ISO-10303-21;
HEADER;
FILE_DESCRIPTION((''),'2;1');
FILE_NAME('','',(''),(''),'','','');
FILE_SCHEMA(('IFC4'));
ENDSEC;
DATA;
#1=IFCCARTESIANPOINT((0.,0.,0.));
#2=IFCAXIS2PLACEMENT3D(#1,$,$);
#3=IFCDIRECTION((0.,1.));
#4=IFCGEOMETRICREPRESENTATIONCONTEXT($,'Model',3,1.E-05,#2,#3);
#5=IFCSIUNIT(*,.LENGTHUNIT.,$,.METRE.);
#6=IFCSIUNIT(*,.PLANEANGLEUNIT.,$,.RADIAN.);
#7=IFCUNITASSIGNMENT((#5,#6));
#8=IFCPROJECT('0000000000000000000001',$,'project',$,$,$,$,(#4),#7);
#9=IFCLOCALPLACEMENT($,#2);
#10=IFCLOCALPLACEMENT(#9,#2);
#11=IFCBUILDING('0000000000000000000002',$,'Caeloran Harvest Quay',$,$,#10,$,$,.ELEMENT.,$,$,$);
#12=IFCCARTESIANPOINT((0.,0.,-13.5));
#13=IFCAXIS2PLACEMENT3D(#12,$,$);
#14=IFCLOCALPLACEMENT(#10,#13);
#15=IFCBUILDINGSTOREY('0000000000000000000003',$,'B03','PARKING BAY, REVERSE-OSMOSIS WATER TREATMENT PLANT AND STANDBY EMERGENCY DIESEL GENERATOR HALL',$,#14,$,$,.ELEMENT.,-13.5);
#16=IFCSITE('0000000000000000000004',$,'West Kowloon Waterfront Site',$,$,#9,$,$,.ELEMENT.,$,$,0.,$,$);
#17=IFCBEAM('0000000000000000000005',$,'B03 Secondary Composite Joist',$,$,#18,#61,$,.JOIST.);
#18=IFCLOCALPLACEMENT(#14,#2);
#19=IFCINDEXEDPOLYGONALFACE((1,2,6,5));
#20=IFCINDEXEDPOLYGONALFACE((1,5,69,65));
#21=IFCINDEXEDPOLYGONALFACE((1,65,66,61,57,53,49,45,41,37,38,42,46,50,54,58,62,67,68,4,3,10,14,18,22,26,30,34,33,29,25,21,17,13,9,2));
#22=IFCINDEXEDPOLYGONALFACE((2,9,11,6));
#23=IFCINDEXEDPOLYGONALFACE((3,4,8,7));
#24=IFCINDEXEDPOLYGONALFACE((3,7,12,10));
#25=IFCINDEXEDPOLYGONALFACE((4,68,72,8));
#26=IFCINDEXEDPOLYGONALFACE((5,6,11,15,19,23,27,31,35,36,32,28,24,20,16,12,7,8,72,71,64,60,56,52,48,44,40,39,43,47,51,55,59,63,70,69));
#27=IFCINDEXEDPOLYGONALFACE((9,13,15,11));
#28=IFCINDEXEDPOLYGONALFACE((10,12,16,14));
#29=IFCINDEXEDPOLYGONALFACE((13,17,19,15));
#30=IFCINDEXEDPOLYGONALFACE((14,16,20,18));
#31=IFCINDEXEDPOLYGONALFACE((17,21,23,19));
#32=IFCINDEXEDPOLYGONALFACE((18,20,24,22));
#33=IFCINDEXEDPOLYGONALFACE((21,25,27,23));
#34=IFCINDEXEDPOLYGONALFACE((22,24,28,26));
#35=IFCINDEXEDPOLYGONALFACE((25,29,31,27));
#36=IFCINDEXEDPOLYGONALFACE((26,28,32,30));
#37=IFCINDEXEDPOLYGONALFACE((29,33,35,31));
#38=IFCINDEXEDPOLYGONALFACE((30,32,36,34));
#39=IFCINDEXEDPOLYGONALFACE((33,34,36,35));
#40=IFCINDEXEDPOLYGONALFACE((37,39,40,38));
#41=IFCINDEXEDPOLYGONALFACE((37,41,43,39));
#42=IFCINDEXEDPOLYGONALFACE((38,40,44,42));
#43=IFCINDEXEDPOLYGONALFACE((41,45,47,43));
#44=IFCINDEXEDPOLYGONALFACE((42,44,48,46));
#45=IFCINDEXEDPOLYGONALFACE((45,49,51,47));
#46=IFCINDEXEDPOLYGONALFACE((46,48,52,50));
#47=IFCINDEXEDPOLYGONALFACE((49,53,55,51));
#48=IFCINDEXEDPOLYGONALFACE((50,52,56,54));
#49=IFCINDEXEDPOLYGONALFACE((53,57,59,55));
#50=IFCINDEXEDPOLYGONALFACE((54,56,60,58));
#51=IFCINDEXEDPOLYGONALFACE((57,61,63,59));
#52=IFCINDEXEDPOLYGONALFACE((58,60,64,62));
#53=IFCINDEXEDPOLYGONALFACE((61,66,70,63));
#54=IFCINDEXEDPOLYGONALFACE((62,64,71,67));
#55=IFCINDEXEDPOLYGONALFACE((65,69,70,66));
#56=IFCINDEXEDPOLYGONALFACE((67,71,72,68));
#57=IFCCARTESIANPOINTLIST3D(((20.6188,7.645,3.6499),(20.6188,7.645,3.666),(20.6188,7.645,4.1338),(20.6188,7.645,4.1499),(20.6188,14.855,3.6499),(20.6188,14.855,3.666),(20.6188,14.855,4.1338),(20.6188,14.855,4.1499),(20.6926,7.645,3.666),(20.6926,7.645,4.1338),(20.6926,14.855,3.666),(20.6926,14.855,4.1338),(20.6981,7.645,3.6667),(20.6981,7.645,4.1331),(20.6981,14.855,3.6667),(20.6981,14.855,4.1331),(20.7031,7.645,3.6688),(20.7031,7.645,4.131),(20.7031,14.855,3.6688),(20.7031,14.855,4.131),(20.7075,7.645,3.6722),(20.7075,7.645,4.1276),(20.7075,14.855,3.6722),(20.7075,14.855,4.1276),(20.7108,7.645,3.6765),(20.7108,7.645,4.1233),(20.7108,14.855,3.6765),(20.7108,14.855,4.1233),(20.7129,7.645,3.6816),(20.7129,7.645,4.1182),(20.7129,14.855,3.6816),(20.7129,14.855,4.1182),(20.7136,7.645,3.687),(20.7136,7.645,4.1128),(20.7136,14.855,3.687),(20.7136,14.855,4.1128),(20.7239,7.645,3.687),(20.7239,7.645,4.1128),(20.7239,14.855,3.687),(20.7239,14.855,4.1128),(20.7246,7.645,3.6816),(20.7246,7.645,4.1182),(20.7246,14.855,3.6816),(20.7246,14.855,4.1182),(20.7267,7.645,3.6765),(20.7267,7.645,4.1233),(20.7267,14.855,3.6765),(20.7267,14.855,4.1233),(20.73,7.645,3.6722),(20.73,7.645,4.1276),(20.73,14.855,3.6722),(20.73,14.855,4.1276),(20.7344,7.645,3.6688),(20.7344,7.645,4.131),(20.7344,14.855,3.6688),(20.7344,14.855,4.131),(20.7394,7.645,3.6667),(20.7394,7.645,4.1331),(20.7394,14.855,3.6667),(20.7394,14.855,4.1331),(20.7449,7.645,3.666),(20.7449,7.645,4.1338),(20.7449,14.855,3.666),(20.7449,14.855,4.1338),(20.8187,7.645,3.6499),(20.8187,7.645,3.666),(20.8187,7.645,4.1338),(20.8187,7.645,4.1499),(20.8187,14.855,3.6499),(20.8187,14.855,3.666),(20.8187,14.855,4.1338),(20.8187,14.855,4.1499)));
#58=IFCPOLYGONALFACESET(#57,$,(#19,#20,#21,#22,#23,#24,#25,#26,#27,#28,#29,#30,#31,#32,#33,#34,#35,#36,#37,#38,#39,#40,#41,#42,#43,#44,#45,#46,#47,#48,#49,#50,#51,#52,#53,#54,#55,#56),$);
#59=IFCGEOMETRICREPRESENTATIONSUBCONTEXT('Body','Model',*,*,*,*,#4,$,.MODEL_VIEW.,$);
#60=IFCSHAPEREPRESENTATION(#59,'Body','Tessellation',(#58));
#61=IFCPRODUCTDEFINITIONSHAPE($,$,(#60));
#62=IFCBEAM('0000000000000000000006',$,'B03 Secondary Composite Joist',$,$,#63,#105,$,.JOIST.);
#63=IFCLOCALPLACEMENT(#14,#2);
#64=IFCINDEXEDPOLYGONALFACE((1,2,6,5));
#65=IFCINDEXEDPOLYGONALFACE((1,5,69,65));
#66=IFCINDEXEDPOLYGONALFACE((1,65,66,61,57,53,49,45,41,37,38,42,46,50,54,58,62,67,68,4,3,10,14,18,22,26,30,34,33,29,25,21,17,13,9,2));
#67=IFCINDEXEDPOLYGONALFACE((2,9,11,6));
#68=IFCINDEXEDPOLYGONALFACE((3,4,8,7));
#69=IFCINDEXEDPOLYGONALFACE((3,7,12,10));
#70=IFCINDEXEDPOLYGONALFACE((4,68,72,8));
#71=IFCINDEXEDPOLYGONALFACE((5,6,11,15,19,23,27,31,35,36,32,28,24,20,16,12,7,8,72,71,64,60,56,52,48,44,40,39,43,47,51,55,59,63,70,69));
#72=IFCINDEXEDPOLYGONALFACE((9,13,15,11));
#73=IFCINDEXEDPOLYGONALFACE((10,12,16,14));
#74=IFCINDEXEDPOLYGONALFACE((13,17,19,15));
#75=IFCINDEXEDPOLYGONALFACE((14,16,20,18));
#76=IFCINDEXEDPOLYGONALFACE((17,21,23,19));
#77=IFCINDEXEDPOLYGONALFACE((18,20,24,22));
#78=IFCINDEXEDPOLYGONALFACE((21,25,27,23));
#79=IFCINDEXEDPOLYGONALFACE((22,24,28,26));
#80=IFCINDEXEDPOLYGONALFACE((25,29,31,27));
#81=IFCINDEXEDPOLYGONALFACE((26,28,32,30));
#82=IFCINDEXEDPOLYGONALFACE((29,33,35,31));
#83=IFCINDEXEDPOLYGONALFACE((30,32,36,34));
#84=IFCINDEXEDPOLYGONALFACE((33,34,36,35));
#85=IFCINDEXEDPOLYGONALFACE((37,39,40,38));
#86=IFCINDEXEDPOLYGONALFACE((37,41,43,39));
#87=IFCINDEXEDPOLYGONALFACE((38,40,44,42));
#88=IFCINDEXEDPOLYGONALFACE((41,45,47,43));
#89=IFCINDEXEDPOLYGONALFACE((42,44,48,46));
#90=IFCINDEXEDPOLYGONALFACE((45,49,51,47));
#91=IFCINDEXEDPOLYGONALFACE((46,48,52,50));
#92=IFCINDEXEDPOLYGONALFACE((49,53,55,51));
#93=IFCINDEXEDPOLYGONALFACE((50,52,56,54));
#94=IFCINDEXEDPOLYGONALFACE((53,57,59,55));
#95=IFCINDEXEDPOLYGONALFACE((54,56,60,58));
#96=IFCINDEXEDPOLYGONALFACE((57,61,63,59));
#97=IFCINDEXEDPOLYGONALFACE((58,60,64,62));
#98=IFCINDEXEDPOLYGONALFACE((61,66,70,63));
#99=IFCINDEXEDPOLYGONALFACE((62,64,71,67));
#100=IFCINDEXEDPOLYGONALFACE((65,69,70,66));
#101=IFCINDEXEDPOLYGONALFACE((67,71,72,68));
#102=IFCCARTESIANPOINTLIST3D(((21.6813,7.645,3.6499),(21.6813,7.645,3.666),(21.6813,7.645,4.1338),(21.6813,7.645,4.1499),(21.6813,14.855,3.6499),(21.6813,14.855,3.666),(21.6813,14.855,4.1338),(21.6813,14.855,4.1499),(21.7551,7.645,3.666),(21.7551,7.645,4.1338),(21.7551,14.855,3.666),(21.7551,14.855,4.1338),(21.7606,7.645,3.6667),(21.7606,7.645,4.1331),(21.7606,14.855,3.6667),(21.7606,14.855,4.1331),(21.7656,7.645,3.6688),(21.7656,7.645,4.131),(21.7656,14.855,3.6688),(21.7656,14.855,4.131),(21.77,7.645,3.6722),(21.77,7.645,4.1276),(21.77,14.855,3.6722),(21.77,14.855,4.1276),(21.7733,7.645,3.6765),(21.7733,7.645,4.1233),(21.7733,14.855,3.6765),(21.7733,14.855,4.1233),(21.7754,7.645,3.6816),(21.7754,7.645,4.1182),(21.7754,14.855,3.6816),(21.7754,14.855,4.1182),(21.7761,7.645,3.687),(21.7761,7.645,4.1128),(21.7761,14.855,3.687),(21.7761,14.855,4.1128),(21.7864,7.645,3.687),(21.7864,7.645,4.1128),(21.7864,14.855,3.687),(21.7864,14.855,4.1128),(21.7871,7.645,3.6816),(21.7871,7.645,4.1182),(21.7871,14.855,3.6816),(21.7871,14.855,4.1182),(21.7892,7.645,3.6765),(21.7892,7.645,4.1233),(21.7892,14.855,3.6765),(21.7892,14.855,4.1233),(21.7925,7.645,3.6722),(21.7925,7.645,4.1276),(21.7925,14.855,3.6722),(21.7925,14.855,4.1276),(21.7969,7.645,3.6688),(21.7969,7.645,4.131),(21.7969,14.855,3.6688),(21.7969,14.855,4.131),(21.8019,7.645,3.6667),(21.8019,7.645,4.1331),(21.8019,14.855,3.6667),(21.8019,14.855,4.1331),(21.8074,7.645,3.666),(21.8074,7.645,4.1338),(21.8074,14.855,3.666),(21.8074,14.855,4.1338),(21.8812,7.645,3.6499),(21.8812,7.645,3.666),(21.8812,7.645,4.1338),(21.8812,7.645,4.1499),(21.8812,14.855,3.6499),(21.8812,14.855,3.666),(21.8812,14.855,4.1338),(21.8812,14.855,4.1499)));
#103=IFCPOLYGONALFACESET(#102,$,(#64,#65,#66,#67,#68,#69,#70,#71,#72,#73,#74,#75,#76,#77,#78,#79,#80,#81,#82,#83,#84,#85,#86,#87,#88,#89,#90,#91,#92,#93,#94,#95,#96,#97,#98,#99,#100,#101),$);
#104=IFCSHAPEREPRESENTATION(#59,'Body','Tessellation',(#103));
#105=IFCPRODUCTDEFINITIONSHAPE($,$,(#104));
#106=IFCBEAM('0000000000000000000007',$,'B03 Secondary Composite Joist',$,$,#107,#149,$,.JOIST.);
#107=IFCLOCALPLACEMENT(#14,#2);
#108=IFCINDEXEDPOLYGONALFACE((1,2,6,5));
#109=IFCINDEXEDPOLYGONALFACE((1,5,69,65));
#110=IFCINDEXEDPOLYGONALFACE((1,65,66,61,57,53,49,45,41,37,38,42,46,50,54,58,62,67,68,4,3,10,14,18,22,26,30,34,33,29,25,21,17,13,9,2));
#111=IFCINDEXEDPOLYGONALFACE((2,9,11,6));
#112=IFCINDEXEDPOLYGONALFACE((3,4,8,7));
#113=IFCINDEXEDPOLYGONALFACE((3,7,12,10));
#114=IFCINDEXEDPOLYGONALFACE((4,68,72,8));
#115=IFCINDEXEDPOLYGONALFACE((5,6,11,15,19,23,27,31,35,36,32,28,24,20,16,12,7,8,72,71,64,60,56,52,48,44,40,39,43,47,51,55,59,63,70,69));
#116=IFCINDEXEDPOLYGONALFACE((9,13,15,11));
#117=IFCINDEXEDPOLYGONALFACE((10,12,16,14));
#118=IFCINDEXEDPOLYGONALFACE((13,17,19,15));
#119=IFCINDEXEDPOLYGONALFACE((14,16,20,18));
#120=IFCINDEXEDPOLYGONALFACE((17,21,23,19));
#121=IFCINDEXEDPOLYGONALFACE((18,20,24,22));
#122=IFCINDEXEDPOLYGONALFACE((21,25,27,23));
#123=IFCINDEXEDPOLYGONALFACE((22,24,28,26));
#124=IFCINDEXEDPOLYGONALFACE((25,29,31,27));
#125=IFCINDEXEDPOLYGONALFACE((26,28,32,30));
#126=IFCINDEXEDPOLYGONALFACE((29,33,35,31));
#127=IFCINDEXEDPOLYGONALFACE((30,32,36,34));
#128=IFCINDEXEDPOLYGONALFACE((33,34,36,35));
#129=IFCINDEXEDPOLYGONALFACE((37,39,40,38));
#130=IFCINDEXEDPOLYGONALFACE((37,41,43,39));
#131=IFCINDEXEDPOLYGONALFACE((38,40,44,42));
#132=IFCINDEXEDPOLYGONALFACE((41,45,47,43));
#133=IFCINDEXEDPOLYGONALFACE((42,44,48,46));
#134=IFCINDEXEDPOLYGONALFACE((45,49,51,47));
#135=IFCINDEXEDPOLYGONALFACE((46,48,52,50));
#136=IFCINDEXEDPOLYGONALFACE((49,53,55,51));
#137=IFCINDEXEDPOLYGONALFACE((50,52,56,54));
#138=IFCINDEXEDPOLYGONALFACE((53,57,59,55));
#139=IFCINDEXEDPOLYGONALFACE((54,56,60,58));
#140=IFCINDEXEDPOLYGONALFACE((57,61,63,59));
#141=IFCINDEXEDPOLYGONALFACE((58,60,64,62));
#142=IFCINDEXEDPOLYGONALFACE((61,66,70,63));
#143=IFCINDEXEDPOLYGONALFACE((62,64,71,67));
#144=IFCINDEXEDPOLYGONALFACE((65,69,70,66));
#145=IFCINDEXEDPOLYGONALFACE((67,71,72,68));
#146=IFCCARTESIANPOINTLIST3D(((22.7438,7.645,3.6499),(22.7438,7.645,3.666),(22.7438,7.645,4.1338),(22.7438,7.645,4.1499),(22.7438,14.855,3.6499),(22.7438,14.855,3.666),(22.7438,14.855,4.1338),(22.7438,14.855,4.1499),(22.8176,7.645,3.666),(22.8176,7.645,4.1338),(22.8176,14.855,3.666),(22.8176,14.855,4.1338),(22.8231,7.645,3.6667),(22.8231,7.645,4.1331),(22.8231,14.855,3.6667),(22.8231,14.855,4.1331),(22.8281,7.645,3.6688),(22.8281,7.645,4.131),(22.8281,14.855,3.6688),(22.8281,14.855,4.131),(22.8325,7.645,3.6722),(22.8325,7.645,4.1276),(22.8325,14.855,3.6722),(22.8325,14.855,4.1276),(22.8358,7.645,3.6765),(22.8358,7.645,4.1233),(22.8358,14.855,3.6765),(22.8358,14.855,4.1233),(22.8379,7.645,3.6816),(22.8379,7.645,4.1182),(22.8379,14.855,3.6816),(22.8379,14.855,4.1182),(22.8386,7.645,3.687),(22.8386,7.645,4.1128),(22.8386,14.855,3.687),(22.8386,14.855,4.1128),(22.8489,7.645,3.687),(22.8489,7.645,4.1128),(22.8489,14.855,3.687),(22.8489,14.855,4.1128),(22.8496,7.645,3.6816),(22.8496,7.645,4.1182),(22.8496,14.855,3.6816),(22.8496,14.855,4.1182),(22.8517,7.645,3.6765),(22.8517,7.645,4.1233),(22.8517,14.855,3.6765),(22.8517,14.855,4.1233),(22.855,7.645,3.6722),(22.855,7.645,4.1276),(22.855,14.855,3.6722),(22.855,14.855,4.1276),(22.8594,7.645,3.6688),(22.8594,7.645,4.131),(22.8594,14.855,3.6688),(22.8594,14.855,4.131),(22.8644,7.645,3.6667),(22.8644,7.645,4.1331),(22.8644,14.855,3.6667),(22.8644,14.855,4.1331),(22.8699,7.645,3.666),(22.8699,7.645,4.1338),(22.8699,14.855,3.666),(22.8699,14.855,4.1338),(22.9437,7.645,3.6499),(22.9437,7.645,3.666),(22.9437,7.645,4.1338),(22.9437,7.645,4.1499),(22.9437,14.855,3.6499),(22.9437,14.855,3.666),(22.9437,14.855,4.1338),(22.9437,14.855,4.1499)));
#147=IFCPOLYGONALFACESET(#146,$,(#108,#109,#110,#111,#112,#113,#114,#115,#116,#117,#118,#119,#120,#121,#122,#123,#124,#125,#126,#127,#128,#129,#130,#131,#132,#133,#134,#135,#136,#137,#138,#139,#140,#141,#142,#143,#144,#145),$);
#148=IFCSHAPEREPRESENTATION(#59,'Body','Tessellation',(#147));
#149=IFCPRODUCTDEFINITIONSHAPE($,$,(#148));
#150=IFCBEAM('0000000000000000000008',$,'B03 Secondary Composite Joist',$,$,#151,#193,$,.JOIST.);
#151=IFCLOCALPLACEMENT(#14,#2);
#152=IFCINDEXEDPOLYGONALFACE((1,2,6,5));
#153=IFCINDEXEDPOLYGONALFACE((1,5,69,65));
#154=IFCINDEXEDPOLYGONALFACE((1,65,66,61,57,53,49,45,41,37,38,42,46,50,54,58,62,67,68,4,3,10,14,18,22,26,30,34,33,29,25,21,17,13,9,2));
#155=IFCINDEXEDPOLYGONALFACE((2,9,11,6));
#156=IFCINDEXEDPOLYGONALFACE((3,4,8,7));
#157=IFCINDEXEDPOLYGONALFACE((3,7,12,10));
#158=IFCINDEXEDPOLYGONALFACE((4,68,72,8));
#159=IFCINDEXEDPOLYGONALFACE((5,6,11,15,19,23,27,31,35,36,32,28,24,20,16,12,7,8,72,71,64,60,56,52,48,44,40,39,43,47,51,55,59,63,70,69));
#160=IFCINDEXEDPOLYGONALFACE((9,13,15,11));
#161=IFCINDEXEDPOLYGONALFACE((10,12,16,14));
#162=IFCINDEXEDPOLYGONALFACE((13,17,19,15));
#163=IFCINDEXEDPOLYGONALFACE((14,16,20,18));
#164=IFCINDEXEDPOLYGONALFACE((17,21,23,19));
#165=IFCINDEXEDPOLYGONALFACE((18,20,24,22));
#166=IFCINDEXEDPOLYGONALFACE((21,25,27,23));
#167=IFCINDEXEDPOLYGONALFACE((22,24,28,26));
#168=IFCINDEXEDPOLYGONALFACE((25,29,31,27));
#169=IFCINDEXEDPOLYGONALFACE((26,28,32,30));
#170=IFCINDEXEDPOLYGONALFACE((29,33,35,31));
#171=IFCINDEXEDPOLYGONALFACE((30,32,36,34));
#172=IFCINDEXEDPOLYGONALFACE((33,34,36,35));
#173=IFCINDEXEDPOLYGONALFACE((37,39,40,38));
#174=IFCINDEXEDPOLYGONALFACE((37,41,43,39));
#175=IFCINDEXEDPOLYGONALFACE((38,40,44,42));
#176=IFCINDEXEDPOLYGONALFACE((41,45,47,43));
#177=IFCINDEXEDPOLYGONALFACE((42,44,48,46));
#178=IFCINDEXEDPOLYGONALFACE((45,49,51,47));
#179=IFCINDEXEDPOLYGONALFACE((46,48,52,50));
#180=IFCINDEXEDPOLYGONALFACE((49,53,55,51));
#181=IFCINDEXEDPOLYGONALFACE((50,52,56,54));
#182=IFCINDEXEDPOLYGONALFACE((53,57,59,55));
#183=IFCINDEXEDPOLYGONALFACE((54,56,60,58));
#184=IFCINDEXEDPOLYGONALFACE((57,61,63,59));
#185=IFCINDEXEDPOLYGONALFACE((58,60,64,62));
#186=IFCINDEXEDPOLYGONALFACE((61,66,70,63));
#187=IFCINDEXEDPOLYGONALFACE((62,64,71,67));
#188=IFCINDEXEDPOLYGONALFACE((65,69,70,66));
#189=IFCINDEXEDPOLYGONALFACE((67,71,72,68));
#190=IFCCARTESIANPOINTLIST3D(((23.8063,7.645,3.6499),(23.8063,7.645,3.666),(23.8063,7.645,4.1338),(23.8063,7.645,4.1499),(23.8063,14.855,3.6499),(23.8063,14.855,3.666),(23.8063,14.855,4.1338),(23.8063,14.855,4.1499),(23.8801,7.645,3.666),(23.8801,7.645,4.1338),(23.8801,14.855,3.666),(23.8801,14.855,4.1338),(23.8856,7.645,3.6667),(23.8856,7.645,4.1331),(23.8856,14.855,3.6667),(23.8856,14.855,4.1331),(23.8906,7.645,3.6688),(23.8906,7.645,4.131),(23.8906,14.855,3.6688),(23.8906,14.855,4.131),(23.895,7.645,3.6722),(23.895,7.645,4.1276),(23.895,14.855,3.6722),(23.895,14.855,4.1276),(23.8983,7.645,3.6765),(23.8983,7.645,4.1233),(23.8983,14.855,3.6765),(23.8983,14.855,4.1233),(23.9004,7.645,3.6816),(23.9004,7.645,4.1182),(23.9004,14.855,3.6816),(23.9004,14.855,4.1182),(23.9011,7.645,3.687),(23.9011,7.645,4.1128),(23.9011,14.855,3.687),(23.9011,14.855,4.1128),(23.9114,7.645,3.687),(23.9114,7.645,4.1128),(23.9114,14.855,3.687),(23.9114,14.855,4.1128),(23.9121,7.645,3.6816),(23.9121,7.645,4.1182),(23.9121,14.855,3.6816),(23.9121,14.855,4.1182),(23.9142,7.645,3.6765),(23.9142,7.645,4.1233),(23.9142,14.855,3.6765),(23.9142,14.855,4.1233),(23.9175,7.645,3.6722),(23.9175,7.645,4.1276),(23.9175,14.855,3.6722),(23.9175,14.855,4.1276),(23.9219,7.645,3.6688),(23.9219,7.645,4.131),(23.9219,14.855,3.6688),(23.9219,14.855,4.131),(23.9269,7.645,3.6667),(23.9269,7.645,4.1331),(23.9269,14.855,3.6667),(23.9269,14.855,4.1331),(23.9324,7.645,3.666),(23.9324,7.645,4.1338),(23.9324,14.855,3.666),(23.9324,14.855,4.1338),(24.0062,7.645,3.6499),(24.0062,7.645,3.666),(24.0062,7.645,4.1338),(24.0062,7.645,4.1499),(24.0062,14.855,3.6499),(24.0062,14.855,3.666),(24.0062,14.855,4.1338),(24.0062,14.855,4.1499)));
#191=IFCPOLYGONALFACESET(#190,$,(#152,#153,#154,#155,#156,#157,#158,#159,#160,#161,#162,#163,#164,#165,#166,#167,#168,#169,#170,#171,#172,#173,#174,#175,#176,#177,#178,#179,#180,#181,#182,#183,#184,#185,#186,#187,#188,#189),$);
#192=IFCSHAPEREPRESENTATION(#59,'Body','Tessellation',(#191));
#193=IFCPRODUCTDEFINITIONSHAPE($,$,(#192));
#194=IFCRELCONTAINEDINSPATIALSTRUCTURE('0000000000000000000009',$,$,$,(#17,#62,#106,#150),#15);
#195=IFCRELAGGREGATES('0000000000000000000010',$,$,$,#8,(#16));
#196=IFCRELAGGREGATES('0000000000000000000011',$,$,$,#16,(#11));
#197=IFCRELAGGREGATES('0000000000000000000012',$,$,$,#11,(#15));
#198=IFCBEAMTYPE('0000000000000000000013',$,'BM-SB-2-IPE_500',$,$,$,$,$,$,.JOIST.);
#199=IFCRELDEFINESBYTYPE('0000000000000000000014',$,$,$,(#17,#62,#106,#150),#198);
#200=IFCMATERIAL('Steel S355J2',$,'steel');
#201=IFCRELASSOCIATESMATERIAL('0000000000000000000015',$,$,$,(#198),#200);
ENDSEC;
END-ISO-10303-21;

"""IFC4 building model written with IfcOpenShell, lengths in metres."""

from ifc_helpers import new_model, si_unit, direction, frame, origin, origin_2d, place, context, subcontext, project, spatial, i_section, extrude, material, material_profile, profile_set, type_object, element, save


model = new_model("IFC4")

# Units and contexts
model_context = context("Model", 3, precision=1e-05, world=origin(), true_north=direction((0.0, 1.0)))
body_context = subcontext(model_context, "Body", "Model", "MODEL_VIEW")
ifc_project = project(units=[si_unit("LENGTHUNIT", "METRE"), si_unit("PLANEANGLEUNIT", "RADIAN")], contexts=[model_context])

# Site, building, storey
site_placement = place(None, origin())
site = spatial("IfcSite", under=ifc_project, at=site_placement, Name="West Kowloon Waterfront Site", CompositionType="ELEMENT", RefElevation=0.0)
building_placement = place(site_placement, origin())
building = spatial("IfcBuilding", under=site, at=building_placement, Name="Caeloran Harvest Quay", CompositionType="ELEMENT")
storey_placement = place(building_placement, frame((0.0, 0.0, -13.5)))
storey = spatial("IfcBuildingStorey", under=building, at=storey_placement, Name="B03", Description="PARKING BAY, REVERSE-OSMOSIS WATER TREATMENT PLANT AND STANDBY EMERGENCY DIESEL GENERATOR HALL", CompositionType="ELEMENT", Elevation=-13.5)

# Beams
ifc_material_1 = material(Name="Steel S355J2", Category="steel")
ifc_material_profile_1 = material_profile(ifc_material_1, i_section(OverallWidth=0.2, OverallDepth=0.5, WebThickness=0.0103, FlangeThickness=0.0161, FilletRadius=0.021, at=origin_2d()), Name="IPE 500")
ifc_profile_set_1 = profile_set([ifc_material_profile_1], Name="Steel S355J2")
beam_type_1 = type_object("IfcBeamType", Name="BM-SB-2-IPE_500", PredefinedType="JOIST", material=ifc_profile_set_1)
for number, where, z_axis, x_axis, name in (
    (1, (20.7188, 7.645, 3.8999), (0.0, 1.0, 0.0), (-1.0, 0.0, 0.0), "B03 Secondary Composite Joist"),
    (2, (21.7812, 7.645, 3.8999), (0.0, 1.0, 0.0), (-1.0, 0.0, 0.0), "B03 Secondary Composite Joist"),
    (3, (22.8438, 7.645, 3.8999), (0.0, 1.0, 0.0), (-1.0, 0.0, 0.0), "B03 Secondary Composite Joist"),
    (4, (23.9062, 7.645, 3.8999), (0.0, 1.0, 0.0), (-1.0, 0.0, 0.0), "B03 Secondary Composite Joist"),
):
    element("IfcBeam", number, at=place(storey_placement, frame(where, z_axis=z_axis, x_axis=x_axis)), inside=storey, type_object=beam_type_1, Name=name, PredefinedType="JOIST", context=body_context, shape_type="SweptSolid", body=[
        extrude(i_section(OverallWidth=0.2, OverallDepth=0.5, WebThickness=0.0103, FlangeThickness=0.0161, FilletRadius=0.021, at=origin_2d()), origin(), (0.0, 0.0, 1.0), 7.21),
    ])

save(model, "model.ifc")
